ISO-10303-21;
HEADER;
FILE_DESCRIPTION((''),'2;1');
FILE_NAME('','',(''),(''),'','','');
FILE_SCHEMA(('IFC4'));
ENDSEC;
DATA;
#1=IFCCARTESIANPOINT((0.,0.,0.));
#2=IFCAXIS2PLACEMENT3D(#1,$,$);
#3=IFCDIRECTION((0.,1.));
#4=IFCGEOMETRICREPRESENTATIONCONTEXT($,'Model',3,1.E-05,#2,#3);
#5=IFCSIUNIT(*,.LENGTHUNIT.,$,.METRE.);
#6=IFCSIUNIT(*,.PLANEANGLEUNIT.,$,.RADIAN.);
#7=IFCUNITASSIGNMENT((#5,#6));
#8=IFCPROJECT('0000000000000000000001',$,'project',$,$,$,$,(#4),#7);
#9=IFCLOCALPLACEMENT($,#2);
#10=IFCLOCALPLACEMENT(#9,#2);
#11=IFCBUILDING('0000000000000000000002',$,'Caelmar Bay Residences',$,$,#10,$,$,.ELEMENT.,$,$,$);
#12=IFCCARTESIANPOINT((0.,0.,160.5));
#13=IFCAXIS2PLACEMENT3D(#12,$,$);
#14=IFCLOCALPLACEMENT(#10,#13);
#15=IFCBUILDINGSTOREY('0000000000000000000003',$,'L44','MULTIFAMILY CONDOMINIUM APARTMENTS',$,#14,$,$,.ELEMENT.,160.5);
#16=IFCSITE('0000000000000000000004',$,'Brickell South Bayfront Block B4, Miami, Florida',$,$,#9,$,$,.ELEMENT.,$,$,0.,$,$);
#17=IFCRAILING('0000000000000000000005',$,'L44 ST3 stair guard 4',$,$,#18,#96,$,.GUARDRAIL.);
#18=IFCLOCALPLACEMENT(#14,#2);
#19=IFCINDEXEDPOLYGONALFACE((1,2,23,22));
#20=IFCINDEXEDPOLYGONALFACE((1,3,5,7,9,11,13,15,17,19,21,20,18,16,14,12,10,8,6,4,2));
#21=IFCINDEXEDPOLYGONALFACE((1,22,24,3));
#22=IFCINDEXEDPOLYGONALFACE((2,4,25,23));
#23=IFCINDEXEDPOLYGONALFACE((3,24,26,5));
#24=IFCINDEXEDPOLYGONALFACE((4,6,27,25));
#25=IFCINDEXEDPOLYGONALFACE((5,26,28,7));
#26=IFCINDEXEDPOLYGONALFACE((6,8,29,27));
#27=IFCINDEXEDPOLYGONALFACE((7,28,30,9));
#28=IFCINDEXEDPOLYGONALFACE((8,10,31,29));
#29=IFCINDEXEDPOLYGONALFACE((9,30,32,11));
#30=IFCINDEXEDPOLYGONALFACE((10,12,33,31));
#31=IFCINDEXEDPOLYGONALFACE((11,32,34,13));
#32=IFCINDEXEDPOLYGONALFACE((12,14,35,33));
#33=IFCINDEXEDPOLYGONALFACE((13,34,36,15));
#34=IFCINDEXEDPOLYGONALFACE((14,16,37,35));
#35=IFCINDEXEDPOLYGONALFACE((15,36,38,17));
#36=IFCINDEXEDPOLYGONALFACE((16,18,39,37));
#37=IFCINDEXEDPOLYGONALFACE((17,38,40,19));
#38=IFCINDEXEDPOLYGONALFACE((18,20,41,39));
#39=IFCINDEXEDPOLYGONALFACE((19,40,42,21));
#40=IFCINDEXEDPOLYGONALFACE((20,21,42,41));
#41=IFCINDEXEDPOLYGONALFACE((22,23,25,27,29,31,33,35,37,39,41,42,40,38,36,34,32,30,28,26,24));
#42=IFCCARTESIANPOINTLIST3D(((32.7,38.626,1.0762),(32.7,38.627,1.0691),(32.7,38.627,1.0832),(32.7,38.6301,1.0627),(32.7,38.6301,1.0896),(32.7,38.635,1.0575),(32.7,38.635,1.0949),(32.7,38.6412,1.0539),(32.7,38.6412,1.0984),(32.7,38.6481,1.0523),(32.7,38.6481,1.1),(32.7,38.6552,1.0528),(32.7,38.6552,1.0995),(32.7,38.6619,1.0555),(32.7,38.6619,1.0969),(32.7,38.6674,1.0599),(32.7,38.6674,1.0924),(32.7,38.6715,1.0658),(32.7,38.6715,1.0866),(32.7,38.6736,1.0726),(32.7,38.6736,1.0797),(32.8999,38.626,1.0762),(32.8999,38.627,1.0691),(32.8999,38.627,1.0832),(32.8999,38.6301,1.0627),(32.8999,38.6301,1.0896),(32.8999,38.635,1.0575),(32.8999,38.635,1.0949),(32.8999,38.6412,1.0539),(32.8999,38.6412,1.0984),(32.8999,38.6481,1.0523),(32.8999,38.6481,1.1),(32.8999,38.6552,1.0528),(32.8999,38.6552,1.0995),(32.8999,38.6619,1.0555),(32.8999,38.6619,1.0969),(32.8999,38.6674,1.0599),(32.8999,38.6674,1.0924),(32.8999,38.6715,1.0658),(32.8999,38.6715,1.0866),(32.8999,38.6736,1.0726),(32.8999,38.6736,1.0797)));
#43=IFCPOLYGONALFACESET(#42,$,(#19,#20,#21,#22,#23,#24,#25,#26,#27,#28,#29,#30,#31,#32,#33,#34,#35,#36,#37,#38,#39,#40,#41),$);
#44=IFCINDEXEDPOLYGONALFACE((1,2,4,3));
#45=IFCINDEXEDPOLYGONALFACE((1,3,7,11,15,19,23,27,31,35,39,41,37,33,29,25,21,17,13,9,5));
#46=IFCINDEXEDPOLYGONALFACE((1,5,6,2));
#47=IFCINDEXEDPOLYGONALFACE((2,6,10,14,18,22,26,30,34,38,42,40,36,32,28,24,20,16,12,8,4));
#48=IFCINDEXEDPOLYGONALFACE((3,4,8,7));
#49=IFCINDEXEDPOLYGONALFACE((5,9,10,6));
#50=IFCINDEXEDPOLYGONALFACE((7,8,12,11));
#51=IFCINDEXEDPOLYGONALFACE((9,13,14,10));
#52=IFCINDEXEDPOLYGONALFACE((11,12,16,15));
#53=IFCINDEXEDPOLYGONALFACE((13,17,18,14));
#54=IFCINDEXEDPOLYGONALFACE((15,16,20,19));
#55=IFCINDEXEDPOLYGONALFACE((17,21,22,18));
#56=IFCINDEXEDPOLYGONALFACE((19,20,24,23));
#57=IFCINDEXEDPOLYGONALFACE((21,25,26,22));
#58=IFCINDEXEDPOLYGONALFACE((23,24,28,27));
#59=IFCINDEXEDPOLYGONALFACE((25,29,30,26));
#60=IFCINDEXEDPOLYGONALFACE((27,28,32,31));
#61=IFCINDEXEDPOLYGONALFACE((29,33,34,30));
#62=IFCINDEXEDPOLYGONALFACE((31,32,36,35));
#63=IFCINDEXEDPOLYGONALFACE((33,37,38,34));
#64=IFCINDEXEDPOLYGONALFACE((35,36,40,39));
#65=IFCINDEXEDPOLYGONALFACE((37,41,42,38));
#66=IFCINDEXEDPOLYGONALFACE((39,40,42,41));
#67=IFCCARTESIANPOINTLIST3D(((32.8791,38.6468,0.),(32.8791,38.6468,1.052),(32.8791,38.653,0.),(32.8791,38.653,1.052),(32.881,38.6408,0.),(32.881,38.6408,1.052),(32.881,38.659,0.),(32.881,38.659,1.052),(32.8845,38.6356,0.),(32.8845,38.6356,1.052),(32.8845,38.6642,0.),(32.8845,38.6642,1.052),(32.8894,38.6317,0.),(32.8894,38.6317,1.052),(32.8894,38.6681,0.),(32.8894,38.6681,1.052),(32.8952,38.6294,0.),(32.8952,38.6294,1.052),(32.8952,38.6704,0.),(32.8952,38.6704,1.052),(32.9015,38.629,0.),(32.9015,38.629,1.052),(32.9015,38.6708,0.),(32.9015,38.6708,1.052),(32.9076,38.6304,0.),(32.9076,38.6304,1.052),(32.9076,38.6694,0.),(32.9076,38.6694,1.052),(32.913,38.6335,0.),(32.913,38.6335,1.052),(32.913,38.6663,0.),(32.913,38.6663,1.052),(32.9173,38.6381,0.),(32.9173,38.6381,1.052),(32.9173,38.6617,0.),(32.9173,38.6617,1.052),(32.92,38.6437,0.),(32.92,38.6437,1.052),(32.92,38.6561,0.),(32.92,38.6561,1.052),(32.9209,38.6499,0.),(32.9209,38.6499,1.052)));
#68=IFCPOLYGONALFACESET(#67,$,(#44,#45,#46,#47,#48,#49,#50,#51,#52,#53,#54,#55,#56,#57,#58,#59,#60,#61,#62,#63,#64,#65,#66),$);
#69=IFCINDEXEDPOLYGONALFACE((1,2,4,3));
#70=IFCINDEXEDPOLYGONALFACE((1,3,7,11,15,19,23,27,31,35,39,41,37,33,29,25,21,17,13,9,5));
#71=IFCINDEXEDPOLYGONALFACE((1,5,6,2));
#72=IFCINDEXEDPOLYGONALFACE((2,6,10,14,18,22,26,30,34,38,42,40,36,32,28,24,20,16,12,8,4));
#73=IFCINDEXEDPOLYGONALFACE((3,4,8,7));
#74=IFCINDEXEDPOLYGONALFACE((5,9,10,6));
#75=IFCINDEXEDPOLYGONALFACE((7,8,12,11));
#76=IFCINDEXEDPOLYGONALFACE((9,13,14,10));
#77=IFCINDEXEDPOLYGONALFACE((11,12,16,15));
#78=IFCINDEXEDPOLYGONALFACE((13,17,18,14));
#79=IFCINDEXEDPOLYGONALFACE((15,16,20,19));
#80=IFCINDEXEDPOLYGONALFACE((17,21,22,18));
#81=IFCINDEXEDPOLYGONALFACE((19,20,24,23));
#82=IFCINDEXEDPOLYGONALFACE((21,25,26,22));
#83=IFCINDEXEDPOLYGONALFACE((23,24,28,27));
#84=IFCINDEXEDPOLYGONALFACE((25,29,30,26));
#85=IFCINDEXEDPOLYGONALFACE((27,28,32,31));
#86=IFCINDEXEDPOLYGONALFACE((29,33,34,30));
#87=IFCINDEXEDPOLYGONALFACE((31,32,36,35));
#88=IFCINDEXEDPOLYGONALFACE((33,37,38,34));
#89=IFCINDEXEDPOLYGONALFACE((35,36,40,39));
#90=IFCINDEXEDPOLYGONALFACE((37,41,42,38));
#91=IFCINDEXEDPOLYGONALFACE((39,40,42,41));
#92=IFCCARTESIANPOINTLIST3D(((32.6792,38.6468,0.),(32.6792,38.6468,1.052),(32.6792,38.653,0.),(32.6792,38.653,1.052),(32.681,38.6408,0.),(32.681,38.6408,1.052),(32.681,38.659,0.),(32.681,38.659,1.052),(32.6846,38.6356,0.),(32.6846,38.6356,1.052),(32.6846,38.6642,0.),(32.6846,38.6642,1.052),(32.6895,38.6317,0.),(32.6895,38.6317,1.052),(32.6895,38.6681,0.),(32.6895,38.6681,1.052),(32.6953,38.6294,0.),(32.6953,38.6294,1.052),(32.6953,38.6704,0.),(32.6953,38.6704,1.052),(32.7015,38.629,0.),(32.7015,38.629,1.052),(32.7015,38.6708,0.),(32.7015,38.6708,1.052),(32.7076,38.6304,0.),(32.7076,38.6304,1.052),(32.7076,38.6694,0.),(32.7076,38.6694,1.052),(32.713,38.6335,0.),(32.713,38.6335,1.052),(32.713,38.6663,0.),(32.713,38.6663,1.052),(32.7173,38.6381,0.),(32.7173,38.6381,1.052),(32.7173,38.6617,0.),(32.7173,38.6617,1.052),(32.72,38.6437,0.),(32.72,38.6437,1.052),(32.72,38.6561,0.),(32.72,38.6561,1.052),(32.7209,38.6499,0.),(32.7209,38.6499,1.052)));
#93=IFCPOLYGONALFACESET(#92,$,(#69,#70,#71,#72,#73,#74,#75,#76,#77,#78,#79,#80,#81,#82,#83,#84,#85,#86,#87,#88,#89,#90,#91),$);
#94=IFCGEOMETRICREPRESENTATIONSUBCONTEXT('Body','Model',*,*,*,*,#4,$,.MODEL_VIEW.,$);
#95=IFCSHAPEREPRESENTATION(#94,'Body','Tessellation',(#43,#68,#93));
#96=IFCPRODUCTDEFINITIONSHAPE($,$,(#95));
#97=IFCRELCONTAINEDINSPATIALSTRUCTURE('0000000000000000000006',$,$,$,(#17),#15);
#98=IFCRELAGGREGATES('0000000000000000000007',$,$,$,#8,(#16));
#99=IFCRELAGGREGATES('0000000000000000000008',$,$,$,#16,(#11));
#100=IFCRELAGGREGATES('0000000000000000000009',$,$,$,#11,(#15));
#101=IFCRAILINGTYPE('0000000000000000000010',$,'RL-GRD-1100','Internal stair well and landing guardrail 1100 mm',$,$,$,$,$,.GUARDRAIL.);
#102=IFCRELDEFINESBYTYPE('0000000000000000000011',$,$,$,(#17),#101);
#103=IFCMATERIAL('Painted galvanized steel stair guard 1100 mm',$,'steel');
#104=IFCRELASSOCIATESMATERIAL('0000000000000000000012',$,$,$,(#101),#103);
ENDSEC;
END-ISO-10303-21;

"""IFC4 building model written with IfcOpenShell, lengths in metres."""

from ifc_helpers import new_model, si_unit, direction, frame, origin, origin_2d, place, context, subcontext, project, spatial, circle, extrude, material, type_object, element, save


model = new_model("IFC4")

# Units and contexts
model_context = context("Model", 3, precision=1e-05, world=origin(), true_north=direction((0.0, 1.0)))
body_context = subcontext(model_context, "Body", "Model", "MODEL_VIEW")
ifc_project = project(units=[si_unit("LENGTHUNIT", "METRE"), si_unit("PLANEANGLEUNIT", "RADIAN")], contexts=[model_context])

# Site, building, storey
site_placement = place(None, origin())
site = spatial("IfcSite", under=ifc_project, at=site_placement, Name="Brickell South Bayfront Block B4, Miami, Florida", CompositionType="ELEMENT", RefElevation=0.0)
building_placement = place(site_placement, origin())
building = spatial("IfcBuilding", under=site, at=building_placement, Name="Caelmar Bay Residences", CompositionType="ELEMENT")
storey_placement = place(building_placement, frame((0.0, 0.0, 160.5)))
storey = spatial("IfcBuildingStorey", under=building, at=storey_placement, Name="L44", Description="MULTIFAMILY CONDOMINIUM APARTMENTS", CompositionType="ELEMENT", Elevation=160.5)

# Railing
ifc_material_1 = material(Name="Painted galvanized steel stair guard 1100 mm", Category="steel")
railing_type_1 = type_object("IfcRailingType", Name="RL-GRD-1100", Description="Internal stair well and landing guardrail 1100 mm", PredefinedType="GUARDRAIL", material=ifc_material_1)
railing_1_placement = place(storey_placement, frame((32.8999, 38.6499, 0.0)))
element("IfcRailing", 1, at=railing_1_placement, inside=storey, type_object=railing_type_1, Name="L44 ST3 stair guard 4", PredefinedType="GUARDRAIL", context=body_context, shape_type="SweptSolid", body=[
    extrude(circle(Radius=0.0239, at=origin_2d()), frame((0.0, 0.0, 1.0762), z_axis=(-1.0, 0.0, 0.0), x_axis=(0.0, -1.0, 0.0)), (0.0, 0.0, 1.0), 0.2),
    extrude(circle(Radius=0.021, at=origin_2d()), origin(), (0.0, 0.0, 1.0), 1.052),
    extrude(circle(Radius=0.021, at=origin_2d()), frame((-0.2, 0.0, 0.0)), (0.0, 0.0, 1.0), 1.052),
])

save(model, "model.ifc")
